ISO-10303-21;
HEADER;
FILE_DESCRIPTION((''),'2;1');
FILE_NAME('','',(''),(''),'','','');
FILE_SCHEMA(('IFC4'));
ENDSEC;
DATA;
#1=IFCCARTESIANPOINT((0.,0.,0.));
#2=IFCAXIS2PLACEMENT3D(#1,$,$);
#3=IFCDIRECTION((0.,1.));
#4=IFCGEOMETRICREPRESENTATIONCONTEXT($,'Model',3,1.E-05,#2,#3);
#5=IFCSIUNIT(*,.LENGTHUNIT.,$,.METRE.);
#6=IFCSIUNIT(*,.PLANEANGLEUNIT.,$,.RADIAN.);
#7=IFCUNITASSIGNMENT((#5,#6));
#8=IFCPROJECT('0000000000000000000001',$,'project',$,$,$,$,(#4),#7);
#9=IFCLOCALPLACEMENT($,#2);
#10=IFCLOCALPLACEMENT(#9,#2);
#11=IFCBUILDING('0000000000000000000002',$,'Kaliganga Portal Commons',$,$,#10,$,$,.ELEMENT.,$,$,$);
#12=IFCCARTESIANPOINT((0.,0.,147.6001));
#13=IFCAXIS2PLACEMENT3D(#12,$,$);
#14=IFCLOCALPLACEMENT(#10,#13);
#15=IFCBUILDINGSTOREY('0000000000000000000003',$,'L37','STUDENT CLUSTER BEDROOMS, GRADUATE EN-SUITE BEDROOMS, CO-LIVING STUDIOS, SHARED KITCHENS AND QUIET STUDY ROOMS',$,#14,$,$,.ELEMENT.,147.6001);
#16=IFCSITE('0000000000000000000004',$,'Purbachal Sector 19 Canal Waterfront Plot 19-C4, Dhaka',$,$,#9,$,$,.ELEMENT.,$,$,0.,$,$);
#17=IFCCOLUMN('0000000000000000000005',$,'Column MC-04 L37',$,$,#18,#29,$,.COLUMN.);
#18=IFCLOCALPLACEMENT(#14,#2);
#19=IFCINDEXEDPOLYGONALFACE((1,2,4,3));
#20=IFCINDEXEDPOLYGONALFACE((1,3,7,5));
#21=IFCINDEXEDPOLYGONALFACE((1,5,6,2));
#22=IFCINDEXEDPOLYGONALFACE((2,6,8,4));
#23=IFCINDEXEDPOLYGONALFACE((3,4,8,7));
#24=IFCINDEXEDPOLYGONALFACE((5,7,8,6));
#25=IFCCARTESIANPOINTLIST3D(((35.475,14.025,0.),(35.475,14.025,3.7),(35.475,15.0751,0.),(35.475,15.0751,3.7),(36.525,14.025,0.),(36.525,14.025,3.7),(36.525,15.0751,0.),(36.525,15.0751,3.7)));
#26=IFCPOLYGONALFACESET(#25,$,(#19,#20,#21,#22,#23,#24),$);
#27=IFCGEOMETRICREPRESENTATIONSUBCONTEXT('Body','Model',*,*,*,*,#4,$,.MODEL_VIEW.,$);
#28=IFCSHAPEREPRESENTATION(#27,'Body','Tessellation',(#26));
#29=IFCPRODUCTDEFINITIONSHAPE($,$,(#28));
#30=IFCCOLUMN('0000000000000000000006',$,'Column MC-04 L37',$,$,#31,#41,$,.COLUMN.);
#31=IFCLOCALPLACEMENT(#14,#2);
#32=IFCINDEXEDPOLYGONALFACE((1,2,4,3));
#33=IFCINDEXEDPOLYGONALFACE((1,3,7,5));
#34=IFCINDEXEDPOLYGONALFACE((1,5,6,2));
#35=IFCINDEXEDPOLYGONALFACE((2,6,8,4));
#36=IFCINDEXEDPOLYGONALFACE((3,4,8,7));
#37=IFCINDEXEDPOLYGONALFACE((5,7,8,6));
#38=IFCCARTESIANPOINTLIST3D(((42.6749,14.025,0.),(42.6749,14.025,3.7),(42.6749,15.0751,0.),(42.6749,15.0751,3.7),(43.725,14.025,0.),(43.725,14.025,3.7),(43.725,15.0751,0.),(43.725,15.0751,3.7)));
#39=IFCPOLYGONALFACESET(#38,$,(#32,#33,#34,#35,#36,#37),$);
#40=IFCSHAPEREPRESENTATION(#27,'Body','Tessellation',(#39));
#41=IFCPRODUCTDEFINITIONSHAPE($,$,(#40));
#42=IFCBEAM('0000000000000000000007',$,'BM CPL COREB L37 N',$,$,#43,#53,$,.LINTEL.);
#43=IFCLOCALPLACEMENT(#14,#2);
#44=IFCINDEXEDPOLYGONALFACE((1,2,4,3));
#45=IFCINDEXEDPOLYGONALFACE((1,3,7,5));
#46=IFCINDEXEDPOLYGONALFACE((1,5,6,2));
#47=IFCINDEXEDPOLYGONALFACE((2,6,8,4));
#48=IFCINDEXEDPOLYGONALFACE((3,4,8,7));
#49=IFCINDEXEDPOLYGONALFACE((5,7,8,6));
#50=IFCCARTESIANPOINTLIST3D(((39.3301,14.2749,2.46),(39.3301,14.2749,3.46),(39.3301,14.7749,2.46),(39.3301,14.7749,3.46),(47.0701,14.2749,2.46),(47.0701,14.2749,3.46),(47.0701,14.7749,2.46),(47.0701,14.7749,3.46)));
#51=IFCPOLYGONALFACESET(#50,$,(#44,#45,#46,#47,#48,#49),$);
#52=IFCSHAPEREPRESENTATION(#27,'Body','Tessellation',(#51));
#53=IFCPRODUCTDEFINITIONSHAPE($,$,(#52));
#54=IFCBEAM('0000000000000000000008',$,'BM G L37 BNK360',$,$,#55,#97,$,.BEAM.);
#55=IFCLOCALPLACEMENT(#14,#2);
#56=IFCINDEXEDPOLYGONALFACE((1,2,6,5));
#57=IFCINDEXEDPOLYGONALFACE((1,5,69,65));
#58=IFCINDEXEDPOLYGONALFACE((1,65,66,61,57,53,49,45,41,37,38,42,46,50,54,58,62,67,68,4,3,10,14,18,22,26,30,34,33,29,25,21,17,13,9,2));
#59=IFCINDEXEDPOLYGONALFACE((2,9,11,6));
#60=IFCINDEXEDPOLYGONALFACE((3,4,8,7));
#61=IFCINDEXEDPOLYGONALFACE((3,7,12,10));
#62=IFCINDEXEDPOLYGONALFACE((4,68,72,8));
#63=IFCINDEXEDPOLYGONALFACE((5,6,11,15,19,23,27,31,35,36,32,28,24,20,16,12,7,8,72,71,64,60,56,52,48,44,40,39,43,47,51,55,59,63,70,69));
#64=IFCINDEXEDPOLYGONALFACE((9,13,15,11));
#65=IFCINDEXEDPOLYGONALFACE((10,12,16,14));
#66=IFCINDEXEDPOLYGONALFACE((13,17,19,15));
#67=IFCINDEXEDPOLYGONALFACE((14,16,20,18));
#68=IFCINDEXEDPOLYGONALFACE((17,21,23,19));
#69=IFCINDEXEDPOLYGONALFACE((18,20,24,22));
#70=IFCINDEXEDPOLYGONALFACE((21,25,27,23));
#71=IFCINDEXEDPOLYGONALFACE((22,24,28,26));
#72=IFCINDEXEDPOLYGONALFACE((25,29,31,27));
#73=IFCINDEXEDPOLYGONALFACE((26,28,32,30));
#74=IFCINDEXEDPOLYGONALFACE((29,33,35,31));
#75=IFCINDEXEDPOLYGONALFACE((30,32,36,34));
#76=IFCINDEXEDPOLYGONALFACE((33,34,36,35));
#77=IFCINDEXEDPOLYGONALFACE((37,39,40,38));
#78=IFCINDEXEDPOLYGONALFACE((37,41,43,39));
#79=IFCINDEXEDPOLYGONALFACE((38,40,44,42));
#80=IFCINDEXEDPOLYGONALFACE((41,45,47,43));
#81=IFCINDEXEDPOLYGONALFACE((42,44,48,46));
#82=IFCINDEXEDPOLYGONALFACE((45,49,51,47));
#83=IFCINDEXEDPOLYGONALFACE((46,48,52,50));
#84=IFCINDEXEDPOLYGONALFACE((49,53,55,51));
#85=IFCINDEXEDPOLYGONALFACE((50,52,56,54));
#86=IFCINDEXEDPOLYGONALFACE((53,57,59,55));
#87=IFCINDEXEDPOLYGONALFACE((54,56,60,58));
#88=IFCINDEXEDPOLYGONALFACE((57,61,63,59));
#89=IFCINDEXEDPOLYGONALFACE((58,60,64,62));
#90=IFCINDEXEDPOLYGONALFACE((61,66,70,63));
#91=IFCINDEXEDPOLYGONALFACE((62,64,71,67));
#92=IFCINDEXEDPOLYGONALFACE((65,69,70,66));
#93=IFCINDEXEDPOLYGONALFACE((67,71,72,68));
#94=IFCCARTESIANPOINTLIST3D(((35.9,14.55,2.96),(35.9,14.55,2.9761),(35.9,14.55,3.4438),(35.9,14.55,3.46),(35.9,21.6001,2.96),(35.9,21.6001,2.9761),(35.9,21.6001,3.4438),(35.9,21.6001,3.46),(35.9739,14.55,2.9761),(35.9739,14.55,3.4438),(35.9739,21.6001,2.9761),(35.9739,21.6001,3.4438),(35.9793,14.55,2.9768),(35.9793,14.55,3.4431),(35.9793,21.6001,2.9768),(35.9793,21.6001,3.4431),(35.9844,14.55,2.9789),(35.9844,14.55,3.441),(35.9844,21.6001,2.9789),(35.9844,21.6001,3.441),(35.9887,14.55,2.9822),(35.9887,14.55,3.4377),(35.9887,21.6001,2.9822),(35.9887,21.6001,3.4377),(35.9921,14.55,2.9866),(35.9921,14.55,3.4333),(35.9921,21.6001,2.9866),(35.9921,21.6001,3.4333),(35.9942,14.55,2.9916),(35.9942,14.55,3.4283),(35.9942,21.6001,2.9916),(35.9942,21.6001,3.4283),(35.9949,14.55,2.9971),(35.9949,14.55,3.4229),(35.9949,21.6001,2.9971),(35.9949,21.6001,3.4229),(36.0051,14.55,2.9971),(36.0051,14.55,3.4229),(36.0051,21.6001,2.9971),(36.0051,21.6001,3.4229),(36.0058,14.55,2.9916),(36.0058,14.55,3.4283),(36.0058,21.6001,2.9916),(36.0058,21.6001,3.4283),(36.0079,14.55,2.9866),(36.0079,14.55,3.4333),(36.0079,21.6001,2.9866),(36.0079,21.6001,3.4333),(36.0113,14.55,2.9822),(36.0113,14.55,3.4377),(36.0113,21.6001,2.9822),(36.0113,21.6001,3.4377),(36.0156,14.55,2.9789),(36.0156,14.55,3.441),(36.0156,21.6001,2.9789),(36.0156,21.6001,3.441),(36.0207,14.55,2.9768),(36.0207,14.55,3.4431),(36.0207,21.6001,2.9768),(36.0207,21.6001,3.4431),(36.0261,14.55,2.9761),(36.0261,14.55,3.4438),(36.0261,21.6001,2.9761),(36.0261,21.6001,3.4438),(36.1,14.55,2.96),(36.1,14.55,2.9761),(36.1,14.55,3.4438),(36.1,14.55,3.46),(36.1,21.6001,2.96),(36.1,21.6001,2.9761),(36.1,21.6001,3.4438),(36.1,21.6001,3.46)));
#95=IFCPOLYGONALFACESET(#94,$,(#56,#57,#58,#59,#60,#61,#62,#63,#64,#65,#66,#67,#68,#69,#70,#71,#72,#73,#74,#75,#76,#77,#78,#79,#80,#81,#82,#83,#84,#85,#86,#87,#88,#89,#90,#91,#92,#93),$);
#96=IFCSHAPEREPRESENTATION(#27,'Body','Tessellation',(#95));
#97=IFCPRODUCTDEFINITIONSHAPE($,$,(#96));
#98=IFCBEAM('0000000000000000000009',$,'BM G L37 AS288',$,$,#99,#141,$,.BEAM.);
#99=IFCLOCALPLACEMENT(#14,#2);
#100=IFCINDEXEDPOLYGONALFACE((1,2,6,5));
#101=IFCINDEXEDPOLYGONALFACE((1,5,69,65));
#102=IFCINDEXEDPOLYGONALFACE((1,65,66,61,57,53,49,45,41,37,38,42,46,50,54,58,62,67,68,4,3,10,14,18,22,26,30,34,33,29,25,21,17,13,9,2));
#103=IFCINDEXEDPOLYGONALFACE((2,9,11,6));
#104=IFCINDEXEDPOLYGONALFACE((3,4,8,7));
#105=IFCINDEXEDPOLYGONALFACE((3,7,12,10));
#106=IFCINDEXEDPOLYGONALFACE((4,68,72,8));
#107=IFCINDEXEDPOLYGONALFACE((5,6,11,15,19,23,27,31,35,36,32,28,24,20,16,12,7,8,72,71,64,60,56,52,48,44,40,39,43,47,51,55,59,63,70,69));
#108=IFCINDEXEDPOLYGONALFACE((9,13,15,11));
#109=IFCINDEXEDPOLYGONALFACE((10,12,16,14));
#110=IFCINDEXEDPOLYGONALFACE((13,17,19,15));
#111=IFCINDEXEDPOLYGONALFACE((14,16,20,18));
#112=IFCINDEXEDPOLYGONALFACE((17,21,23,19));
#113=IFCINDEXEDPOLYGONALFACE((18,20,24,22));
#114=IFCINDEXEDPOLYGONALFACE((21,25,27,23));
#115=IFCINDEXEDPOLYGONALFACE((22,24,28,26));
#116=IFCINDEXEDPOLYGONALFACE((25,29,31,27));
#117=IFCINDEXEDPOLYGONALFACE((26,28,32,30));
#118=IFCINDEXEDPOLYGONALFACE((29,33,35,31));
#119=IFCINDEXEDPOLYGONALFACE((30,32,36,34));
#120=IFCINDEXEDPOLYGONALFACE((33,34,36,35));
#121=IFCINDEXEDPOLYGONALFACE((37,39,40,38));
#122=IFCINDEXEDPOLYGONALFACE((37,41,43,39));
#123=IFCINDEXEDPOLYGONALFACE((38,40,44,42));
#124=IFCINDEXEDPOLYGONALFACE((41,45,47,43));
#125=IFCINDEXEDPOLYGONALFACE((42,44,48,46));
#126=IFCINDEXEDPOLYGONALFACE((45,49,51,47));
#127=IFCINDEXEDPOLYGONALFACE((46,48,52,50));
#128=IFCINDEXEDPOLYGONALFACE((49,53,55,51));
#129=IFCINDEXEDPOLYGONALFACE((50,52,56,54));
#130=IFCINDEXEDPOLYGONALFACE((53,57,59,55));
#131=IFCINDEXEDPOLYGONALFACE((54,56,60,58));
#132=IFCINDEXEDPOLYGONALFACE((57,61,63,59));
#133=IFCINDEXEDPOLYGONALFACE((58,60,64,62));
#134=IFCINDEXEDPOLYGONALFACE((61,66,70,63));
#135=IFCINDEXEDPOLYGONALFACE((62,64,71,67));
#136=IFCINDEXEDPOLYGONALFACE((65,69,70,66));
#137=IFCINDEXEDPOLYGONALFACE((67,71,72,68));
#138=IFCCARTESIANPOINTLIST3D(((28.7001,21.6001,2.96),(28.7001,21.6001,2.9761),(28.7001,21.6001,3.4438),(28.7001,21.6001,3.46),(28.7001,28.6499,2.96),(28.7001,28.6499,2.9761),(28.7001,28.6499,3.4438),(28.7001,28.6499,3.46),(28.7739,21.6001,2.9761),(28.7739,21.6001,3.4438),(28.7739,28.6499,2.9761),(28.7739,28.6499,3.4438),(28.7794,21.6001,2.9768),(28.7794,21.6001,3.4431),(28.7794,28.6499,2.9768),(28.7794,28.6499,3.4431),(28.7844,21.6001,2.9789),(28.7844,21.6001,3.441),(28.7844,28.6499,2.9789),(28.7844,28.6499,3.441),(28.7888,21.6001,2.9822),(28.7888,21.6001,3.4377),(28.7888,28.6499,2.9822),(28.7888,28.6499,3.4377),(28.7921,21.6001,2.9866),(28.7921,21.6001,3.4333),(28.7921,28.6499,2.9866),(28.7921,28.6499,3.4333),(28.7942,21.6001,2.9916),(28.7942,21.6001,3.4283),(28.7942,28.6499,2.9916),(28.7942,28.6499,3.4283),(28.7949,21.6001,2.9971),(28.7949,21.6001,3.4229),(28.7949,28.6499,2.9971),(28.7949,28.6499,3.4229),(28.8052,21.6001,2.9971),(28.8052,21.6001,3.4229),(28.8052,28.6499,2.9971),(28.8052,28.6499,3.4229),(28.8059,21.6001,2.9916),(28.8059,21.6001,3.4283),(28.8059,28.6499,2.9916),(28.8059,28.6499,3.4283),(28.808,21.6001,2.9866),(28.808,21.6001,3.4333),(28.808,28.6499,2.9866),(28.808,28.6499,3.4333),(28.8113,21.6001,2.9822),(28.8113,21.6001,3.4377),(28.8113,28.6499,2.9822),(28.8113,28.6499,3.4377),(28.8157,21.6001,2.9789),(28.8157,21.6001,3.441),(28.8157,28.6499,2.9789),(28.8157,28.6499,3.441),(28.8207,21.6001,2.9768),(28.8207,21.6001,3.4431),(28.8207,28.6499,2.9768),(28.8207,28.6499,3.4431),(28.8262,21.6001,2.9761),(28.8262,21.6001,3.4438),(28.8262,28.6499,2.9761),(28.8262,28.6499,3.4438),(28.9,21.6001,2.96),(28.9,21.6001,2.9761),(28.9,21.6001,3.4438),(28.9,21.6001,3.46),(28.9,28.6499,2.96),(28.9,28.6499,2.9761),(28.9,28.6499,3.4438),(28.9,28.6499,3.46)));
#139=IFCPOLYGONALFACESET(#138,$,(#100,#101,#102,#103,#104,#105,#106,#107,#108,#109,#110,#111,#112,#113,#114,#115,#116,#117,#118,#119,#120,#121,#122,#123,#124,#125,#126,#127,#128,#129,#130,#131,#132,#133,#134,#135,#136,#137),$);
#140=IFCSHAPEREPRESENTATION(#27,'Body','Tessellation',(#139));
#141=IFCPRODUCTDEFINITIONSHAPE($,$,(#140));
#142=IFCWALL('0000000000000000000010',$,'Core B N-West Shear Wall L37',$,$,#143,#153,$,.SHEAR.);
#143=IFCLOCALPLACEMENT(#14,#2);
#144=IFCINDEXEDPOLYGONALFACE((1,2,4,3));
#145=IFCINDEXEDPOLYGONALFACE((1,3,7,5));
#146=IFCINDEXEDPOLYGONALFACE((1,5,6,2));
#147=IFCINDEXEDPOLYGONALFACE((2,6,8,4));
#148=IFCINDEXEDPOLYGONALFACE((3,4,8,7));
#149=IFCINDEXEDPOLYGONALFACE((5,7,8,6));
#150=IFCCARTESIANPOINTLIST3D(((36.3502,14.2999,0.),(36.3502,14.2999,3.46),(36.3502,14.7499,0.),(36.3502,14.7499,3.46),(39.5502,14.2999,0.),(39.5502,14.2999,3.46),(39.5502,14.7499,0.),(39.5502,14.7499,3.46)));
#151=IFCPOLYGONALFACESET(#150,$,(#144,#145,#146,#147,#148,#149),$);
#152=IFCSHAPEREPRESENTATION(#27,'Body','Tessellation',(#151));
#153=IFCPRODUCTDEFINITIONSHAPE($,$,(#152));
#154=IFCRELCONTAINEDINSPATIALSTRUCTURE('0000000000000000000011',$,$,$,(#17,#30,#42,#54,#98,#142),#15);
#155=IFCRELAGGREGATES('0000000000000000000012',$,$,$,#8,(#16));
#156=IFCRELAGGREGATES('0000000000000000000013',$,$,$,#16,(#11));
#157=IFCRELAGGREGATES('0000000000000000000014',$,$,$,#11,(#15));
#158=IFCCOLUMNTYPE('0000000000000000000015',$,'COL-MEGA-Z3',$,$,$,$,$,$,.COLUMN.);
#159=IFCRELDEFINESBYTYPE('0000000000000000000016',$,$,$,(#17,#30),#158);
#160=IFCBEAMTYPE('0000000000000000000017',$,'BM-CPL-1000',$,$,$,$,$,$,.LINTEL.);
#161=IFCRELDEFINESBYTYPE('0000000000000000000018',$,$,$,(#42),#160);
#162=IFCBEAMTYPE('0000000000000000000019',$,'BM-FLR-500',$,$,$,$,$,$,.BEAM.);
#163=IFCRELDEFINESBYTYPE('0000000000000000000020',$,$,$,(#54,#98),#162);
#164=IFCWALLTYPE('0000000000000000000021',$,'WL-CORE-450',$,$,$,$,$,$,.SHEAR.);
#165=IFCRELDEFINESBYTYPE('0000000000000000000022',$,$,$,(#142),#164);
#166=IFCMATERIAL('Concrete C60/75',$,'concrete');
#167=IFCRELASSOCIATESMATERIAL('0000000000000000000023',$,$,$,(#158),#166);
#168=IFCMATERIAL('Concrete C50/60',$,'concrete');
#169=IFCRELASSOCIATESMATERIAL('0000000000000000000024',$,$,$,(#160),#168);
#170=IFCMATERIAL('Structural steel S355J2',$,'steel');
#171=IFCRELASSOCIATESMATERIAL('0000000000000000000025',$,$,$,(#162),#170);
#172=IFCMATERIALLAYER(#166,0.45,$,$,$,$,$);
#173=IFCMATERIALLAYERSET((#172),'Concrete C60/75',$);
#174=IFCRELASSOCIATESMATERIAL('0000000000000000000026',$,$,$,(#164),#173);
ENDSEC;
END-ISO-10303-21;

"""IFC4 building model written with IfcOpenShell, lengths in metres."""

from ifc_helpers import new_model, si_unit, direction, frame, frame_2d, origin, origin_2d, place, context, subcontext, project, spatial, rectangle, i_section, extrude, source, transform, mapped, material, layer, layer_set, material_profile, profile_set, type_object, element, save


model = new_model("IFC4")

# Units and contexts
model_context = context("Model", 3, precision=1e-05, world=origin(), true_north=direction((0.0, 1.0)))
body_context = subcontext(model_context, "Body", "Model", "MODEL_VIEW")
ifc_project = project(units=[si_unit("LENGTHUNIT", "METRE"), si_unit("PLANEANGLEUNIT", "RADIAN")], contexts=[model_context])

# Site, building, storey
site_placement = place(None, origin())
site = spatial("IfcSite", under=ifc_project, at=site_placement, Name="Purbachal Sector 19 Canal Waterfront Plot 19-C4, Dhaka", CompositionType="ELEMENT", RefElevation=0.0)
building_placement = place(site_placement, origin())
building = spatial("IfcBuilding", under=site, at=building_placement, Name="Kaliganga Portal Commons", CompositionType="ELEMENT")
storey_placement = place(building_placement, frame((0.0, 0.0, 147.6001)))
storey = spatial("IfcBuildingStorey", under=building, at=storey_placement, Name="L37", Description="STUDENT CLUSTER BEDROOMS, GRADUATE EN-SUITE BEDROOMS, CO-LIVING STUDIOS, SHARED KITCHENS AND QUIET STUDY ROOMS", CompositionType="ELEMENT", Elevation=147.6001)

# Columns
ifc_material_1 = material(Name="Concrete C60/75", Category="concrete")
ifc_material_profile_1 = material_profile(ifc_material_1, rectangle(XDim=1.05, YDim=1.05, at=origin_2d()), Name="RC 1050x1050")
ifc_profile_set_1 = profile_set([ifc_material_profile_1], Name="Concrete C60/75")
column_type = type_object("IfcColumnType", Name="COL-MEGA-Z3", PredefinedType="COLUMN", material=ifc_profile_set_1)
shared_shape_1 = source(origin(), body_context, "Body", "SweptSolid", [
    extrude(rectangle(XDim=1.05, YDim=1.05, at=origin_2d()), origin(), (0.0, 0.0, 1.0), 3.7),
])
for number, where, z_axis, x_axis, name in (
    (1, (36.0, 14.55, 0.0), (0.0, 0.0, 1.0), (1.0, 0.0, 0.0), "Column MC-04 L37"),
    (2, (43.2, 14.55, 0.0), (0.0, 0.0, 1.0), (1.0, 0.0, 0.0), "Column MC-04 L37"),
):
    element("IfcColumn", number, at=place(storey_placement, frame(where, z_axis=z_axis, x_axis=x_axis)), inside=storey, type_object=column_type, Name=name, PredefinedType="COLUMN", context=body_context, shape_type="MappedRepresentation", body=[
        mapped(shared_shape_1, transform((0.0, 0.0, 0.0), x_axis=(1.0, 0.0, 0.0), y_axis=(0.0, 1.0, 0.0), z_axis=(0.0, 0.0, 1.0), scale=1.0)),
    ])

# Beams
ifc_material_2 = material(Name="Concrete C50/60", Category="concrete")
ifc_material_profile_2 = material_profile(ifc_material_2, rectangle(XDim=0.5, YDim=1.0, at=origin_2d()), Name="RC 500x1000")
ifc_profile_set_2 = profile_set([ifc_material_profile_2], Name="Concrete C50/60")
beam_type_1 = type_object("IfcBeamType", Name="BM-CPL-1000", PredefinedType="LINTEL", material=ifc_profile_set_2)
shared_shape_2 = source(origin(), body_context, "Body", "SweptSolid", [
    extrude(rectangle(XDim=0.5, YDim=1.0, at=origin_2d()), origin(), (0.0, 0.0, 1.0), 7.74),
])
beam_1_placement = place(storey_placement, frame((39.3301, 14.5249, 2.96), z_axis=(1.0, 0.0, 0.0), x_axis=(0.0, 1.0, 0.0)))
element("IfcBeam", 3, at=beam_1_placement, inside=storey, type_object=beam_type_1, Name="BM CPL COREB L37 N", PredefinedType="LINTEL", context=body_context, shape_type="MappedRepresentation", body=[
    mapped(shared_shape_2, transform((0.0, 0.0, 0.0), x_axis=(1.0, 0.0, 0.0), y_axis=(0.0, 1.0, 0.0), z_axis=(0.0, 0.0, 1.0), scale=1.0)),
])
ifc_material_3 = material(Name="Structural steel S355J2", Category="steel")
ifc_material_profile_3 = material_profile(ifc_material_3, i_section(OverallWidth=0.2, OverallDepth=0.5, WebThickness=0.0103, FlangeThickness=0.0161, FilletRadius=0.021, at=origin_2d()), Name="IPE 500")
ifc_profile_set_3 = profile_set([ifc_material_profile_3], Name="Structural steel S355J2 wide-flange")
beam_type_2 = type_object("IfcBeamType", Name="BM-FLR-500", PredefinedType="BEAM", material=ifc_profile_set_3)
shared_shape_3 = source(origin(), body_context, "Body", "SweptSolid", [
    extrude(i_section(OverallWidth=0.2, OverallDepth=0.5, WebThickness=0.0103, FlangeThickness=0.0161, FilletRadius=0.021, at=origin_2d()), origin(), (0.0, 0.0, 1.0), 7.05),
])
beam_2_placement = place(storey_placement, frame((36.0, 14.55, 3.21), z_axis=(0.0, 1.0, 0.0), x_axis=(-1.0, 0.0, 0.0)))
element("IfcBeam", 4, at=beam_2_placement, inside=storey, type_object=beam_type_2, Name="BM G L37 BNK360", PredefinedType="BEAM", context=body_context, shape_type="MappedRepresentation", body=[
    mapped(shared_shape_3, transform((0.0, 0.0, 0.0), x_axis=(1.0, 0.0, 0.0), y_axis=(0.0, 1.0, 0.0), z_axis=(0.0, 0.0, 1.0), scale=1.0)),
])
shared_shape_4 = source(origin(), body_context, "Body", "SweptSolid", [
    extrude(i_section(OverallWidth=0.2, OverallDepth=0.5, WebThickness=0.0103, FlangeThickness=0.0161, FilletRadius=0.021, at=origin_2d()), origin(), (0.0, 0.0, 1.0), 7.0498),
])
beam_3_placement = place(storey_placement, frame((28.8, 21.6001, 3.21), z_axis=(0.0, 1.0, 0.0), x_axis=(-1.0, 0.0, 0.0)))
element("IfcBeam", 5, at=beam_3_placement, inside=storey, type_object=beam_type_2, Name="BM G L37 AS288", PredefinedType="BEAM", context=body_context, shape_type="MappedRepresentation", body=[
    mapped(shared_shape_4, transform((0.0, 0.0, 0.0), x_axis=(1.0, 0.0, 0.0), y_axis=(0.0, 1.0, 0.0), z_axis=(0.0, 0.0, 1.0), scale=1.0)),
])

# Wall
ifc_layer_1 = layer(ifc_material_1, 0.45)
ifc_layer_set_1 = layer_set([ifc_layer_1], Name="Concrete C60/75")
wall_type_1 = type_object("IfcWallType", Name="WL-CORE-450", PredefinedType="SHEAR", material=ifc_layer_set_1)
wall_1_placement = place(storey_placement, frame((36.3501, 14.5249, 0.0), z_axis=(0.0, 0.0, 1.0), x_axis=(1.0, 0.0, 0.0)))
element("IfcWall", 6, at=wall_1_placement, inside=storey, type_object=wall_type_1, Name="Core B N-West Shear Wall L37", PredefinedType="SHEAR", context=body_context, shape_type="SweptSolid", body=[
    extrude(rectangle(XDim=3.2, YDim=0.45, at=frame_2d((1.6001, 0.0))), origin(), (0.0, 0.0, 1.0), 3.46),
])

save(model, "model.ifc")
